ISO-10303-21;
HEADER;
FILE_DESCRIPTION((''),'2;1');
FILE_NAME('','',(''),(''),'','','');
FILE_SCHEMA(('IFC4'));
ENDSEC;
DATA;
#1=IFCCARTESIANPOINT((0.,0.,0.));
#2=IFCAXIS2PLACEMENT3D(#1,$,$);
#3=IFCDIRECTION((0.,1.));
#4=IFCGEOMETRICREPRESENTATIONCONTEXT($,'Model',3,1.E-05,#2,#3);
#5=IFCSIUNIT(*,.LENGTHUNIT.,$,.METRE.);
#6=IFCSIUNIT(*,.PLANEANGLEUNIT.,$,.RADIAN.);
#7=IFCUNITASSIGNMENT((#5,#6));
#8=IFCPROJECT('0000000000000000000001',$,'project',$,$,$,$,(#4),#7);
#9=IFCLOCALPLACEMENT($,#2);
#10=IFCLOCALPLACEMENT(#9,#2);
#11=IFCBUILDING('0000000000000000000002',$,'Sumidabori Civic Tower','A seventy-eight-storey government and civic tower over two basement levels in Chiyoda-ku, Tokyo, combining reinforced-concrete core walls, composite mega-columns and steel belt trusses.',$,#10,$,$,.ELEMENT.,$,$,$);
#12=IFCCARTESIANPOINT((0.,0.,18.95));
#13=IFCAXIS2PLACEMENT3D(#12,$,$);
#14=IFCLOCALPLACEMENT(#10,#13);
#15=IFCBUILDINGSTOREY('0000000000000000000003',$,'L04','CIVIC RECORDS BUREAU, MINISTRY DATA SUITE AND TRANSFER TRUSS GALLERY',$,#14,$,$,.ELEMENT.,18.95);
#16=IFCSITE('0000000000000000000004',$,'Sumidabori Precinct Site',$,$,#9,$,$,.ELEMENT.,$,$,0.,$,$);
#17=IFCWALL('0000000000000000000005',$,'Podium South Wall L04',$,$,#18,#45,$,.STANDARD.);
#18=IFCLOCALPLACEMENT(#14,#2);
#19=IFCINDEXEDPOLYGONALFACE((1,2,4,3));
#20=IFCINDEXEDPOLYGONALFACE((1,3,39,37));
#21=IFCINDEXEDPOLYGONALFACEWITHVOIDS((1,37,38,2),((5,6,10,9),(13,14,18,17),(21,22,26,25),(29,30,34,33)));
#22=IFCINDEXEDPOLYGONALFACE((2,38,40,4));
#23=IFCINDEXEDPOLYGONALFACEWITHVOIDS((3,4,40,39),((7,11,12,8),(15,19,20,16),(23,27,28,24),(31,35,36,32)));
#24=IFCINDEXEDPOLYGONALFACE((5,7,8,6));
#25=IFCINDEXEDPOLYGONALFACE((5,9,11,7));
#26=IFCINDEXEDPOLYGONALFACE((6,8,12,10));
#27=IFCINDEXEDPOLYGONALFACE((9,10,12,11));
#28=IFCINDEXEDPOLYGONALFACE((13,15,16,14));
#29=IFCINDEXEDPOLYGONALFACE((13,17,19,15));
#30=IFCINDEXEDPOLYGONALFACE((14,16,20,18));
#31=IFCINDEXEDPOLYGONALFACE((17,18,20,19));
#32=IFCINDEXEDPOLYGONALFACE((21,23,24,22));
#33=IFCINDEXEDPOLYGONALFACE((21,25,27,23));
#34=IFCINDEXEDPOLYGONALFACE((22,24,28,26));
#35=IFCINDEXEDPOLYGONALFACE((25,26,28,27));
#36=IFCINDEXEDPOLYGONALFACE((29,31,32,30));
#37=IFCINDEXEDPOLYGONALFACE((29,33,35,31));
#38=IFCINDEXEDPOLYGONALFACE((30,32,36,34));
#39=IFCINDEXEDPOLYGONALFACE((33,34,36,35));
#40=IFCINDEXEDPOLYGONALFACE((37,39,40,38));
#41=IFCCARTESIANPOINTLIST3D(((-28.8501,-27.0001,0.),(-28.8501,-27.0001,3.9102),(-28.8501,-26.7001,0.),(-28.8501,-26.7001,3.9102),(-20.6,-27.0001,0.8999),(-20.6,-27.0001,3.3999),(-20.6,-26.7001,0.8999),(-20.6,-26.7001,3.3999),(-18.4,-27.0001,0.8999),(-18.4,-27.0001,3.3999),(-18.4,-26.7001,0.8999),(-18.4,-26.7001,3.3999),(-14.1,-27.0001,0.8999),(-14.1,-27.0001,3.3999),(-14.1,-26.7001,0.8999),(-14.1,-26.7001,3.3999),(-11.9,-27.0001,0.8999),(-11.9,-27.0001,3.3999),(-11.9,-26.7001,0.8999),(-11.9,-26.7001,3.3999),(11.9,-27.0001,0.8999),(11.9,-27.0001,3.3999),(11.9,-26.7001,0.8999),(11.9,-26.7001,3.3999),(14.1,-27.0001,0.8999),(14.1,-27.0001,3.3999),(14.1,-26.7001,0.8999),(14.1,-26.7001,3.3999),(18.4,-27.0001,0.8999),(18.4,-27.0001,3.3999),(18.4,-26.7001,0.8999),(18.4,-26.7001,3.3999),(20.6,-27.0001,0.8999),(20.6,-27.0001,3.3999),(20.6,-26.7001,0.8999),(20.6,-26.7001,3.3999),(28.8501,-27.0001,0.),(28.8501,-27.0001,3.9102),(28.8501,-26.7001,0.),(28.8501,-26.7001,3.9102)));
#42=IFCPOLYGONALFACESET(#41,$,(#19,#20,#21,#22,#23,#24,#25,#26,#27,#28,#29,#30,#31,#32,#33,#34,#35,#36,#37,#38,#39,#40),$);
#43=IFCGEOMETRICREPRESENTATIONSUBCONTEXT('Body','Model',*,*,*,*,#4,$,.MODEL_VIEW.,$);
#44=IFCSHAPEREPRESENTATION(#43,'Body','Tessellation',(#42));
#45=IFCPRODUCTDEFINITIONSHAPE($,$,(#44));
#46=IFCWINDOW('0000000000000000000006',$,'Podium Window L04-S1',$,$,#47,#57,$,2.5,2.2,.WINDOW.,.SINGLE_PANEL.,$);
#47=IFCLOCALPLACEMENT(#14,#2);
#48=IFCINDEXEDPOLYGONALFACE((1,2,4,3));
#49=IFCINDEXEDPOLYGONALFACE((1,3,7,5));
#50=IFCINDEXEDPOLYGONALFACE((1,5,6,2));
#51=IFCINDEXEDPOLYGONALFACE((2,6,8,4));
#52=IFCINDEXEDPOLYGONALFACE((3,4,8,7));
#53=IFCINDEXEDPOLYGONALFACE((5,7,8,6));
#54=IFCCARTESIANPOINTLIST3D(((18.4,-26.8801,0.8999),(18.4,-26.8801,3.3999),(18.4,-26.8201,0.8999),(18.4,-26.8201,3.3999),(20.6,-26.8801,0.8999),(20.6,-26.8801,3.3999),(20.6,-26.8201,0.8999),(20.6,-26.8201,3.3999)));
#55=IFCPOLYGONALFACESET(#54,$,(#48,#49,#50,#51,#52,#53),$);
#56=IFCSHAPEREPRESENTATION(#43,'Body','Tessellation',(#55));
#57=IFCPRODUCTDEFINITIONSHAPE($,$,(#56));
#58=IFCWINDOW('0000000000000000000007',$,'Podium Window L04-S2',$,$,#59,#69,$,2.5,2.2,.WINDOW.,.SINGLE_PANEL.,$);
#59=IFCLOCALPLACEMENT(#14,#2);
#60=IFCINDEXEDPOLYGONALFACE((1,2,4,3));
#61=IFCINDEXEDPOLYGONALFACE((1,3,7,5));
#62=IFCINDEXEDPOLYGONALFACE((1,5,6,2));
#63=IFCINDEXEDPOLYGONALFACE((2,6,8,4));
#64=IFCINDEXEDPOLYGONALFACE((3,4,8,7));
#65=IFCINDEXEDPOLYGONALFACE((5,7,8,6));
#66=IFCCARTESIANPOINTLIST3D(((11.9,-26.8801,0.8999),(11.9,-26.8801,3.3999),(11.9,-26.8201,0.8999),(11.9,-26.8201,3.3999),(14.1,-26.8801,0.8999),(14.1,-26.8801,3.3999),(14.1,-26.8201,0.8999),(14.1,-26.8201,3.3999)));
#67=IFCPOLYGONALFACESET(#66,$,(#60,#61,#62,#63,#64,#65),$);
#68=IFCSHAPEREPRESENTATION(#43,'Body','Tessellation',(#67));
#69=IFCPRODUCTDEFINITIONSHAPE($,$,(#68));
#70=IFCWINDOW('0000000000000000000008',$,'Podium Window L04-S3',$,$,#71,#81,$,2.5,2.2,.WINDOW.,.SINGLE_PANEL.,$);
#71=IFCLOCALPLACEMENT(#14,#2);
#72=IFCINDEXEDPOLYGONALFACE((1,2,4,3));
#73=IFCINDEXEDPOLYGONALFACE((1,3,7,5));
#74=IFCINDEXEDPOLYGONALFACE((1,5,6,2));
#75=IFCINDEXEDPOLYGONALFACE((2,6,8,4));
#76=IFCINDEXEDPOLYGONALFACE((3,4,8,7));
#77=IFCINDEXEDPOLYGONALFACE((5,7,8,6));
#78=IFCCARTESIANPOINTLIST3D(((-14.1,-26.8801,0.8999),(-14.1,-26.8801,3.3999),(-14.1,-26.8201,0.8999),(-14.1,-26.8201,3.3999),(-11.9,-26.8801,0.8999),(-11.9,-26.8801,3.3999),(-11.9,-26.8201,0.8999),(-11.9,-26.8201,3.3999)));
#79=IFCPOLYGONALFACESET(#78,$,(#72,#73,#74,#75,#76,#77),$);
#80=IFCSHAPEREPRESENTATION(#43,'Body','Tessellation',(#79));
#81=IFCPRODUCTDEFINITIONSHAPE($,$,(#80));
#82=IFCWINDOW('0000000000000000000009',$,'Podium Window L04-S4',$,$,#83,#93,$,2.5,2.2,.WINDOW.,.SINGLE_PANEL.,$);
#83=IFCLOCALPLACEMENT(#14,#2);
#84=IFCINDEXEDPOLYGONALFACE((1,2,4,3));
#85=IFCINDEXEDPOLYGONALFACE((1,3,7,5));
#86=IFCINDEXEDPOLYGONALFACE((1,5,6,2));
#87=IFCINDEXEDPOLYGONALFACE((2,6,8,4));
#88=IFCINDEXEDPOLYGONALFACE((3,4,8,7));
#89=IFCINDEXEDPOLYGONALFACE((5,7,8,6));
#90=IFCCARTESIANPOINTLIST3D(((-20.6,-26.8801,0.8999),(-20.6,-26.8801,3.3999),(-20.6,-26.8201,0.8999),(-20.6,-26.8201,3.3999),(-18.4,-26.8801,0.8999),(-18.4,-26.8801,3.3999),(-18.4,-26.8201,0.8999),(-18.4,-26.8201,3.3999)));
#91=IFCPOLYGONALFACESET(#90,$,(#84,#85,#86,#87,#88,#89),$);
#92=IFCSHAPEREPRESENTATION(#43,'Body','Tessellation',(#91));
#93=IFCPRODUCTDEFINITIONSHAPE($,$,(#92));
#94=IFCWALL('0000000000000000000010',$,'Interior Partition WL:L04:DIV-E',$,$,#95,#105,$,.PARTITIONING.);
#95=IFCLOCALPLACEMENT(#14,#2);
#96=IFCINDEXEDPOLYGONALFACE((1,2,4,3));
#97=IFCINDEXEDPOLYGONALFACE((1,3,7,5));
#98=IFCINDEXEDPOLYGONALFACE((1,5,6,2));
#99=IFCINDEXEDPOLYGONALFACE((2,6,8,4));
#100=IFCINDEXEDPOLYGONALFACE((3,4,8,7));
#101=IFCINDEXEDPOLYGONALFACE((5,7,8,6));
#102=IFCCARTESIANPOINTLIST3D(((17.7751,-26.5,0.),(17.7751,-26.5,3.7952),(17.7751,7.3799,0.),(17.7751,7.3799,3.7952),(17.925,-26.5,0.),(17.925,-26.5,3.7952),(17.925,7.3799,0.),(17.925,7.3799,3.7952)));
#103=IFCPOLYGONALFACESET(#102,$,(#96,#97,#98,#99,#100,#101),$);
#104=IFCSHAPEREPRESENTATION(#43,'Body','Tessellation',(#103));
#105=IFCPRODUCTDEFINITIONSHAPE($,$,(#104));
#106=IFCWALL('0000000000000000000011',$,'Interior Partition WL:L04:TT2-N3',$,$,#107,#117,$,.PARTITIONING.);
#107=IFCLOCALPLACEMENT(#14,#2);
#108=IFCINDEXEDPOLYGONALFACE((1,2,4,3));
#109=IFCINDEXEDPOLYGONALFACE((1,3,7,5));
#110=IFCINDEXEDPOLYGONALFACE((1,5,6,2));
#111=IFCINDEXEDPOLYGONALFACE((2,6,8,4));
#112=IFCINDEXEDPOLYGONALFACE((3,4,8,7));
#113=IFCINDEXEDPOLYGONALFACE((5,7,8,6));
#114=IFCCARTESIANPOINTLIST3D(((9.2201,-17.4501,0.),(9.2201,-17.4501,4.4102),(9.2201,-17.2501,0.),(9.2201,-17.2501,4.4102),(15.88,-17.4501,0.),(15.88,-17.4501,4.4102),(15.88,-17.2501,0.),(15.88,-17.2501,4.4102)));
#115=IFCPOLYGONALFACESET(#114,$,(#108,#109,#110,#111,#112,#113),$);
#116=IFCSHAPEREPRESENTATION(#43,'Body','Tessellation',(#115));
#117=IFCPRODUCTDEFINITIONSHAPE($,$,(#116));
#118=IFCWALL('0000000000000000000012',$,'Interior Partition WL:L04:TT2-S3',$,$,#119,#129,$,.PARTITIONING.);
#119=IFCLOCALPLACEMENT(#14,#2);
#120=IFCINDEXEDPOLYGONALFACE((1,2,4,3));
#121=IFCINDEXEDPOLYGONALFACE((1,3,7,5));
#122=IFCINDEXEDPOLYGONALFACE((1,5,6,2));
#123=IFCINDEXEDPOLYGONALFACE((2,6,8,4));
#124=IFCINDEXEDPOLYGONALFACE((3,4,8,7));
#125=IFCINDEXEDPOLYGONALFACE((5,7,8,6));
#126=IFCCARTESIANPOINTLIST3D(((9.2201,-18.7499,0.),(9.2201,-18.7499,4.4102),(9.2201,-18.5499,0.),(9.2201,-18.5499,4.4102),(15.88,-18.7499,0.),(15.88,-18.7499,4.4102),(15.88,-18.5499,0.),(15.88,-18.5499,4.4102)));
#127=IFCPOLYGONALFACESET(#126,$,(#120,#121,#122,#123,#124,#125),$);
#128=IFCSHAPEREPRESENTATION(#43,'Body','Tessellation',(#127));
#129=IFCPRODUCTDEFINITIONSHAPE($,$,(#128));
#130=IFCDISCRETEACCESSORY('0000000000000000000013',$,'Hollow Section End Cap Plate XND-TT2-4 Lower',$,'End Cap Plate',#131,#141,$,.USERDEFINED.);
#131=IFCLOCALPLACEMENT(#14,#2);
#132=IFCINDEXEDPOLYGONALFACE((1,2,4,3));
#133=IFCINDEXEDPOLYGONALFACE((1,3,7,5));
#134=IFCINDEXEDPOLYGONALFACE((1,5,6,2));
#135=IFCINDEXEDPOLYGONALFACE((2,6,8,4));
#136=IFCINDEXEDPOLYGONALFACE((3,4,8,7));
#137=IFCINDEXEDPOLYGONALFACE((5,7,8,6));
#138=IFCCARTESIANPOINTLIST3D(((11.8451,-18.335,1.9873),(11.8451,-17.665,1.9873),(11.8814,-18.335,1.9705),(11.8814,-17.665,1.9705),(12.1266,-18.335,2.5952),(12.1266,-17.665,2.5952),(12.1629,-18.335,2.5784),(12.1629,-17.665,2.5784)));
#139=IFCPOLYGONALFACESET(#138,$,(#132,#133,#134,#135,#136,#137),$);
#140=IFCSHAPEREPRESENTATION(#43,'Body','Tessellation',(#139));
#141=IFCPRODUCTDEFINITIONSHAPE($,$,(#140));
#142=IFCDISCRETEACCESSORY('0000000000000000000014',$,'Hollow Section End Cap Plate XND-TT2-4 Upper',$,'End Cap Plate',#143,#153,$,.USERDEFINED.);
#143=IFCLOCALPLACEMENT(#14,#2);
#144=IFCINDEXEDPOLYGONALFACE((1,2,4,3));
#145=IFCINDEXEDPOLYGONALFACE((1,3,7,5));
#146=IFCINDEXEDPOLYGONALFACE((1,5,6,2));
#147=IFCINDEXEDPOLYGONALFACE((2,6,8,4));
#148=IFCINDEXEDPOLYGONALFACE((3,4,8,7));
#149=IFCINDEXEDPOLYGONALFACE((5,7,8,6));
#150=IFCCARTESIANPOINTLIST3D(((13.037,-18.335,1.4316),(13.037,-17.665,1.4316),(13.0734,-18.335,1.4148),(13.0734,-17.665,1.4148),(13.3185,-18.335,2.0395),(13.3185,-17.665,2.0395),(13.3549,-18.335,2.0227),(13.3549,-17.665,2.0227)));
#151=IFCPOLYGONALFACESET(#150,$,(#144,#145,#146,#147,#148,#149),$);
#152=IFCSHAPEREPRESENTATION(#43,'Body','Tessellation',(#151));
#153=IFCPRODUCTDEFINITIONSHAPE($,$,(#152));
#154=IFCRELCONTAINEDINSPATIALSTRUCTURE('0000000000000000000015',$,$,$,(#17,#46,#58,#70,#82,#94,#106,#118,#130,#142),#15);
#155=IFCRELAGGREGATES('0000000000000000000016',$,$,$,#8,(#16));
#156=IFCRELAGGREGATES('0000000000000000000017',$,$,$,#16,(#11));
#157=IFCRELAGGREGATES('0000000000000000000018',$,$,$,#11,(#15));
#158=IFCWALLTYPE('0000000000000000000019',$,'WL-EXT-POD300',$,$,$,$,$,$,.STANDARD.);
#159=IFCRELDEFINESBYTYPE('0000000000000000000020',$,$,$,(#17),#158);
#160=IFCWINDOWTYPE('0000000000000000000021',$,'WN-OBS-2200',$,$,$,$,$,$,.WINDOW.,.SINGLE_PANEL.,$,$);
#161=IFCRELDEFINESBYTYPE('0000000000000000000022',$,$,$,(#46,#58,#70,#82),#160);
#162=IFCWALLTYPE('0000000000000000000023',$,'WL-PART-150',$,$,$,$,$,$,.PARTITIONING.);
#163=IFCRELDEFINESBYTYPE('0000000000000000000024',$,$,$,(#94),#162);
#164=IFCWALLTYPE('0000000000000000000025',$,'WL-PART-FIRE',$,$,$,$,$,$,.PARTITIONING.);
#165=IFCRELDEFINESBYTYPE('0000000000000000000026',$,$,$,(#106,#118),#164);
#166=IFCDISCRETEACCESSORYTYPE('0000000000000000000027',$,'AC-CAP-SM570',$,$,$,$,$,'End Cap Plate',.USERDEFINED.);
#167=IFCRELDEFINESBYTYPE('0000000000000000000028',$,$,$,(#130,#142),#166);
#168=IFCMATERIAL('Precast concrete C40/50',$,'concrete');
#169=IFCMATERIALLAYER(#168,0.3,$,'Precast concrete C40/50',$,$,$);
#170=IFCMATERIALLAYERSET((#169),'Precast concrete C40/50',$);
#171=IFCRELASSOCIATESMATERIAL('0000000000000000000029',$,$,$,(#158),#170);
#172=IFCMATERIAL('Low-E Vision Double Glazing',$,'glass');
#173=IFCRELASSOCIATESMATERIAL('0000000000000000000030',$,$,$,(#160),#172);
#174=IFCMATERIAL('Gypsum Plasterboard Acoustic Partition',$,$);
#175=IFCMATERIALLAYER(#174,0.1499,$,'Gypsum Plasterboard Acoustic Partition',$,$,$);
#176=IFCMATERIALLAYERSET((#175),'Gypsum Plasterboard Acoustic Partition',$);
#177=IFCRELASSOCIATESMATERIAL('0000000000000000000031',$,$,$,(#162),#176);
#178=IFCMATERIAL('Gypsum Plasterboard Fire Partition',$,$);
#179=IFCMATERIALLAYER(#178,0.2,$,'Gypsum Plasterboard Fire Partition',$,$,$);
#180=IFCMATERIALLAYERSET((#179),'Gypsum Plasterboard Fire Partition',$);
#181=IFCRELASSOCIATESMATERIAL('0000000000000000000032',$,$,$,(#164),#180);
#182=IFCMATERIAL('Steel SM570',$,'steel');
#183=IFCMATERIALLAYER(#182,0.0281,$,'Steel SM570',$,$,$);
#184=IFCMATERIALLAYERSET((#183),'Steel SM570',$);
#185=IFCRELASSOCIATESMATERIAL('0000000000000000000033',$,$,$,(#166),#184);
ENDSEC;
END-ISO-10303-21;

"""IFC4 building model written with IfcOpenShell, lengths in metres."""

from ifc_helpers import new_model, si_unit, direction, frame, frame_2d, origin, origin_2d, place, context, subcontext, project, spatial, rectangle, extrude, source, transform, mapped, material, layer, layer_set, type_object, element, fill, save


model = new_model("IFC4")

# Units and contexts
model_context = context("Model", 3, precision=1e-05, world=origin(), true_north=direction((0.0, 1.0)))
body_context = subcontext(model_context, "Body", "Model", "MODEL_VIEW")
ifc_project = project(units=[si_unit("LENGTHUNIT", "METRE"), si_unit("PLANEANGLEUNIT", "RADIAN")], contexts=[model_context])

# Site, building, storey
site_placement = place(None, origin())
site = spatial("IfcSite", under=ifc_project, at=site_placement, Name="Sumidabori Precinct Site", CompositionType="ELEMENT", RefElevation=0.0)
building_placement = place(site_placement, origin())
building = spatial("IfcBuilding", under=site, at=building_placement, Name="Sumidabori Civic Tower", Description="A seventy-eight-storey government and civic tower over two basement levels in Chiyoda-ku, Tokyo, combining reinforced-concrete core walls, composite mega-columns and steel belt trusses.", CompositionType="ELEMENT")
storey_placement = place(building_placement, frame((0.0, 0.0, 18.95)))
storey = spatial("IfcBuildingStorey", under=building, at=storey_placement, Name="L04", Description="CIVIC RECORDS BUREAU, MINISTRY DATA SUITE AND TRANSFER TRUSS GALLERY", CompositionType="ELEMENT", Elevation=18.95)

# Shared definitions
ifc_material_1 = material(Name="Steel SM570", Category="steel")

# Wall, openings, windows
ifc_material_2 = material(Name="Precast concrete C40/50", Category="concrete")
ifc_layer_1 = layer(ifc_material_2, 0.3, Name="Precast concrete C40/50")
ifc_layer_set_1 = layer_set([ifc_layer_1], Name="Precast concrete C40/50")
wall_type_1 = type_object("IfcWallType", Name="WL-EXT-POD300", PredefinedType="STANDARD", material=ifc_layer_set_1)
shared_shape_1 = source(origin(), body_context, "Body", "SweptSolid", [
    extrude(rectangle(XDim=57.7002, YDim=0.3, at=frame_2d((28.8501, 0.0))), origin(), (0.0, 0.0, 1.0), 3.9102),
])
wall_1_placement = place(storey_placement, frame((28.8501, -26.8501, 0.0), z_axis=(0.0, 0.0, 1.0), x_axis=(-1.0, 0.0, 0.0)))
wall_1 = element("IfcWall", 1, at=wall_1_placement, inside=storey, type_object=wall_type_1, Name="Podium South Wall L04", PredefinedType="STANDARD", context=body_context, shape_type="MappedRepresentation", body=[
    mapped(shared_shape_1, transform((0.0, 0.0, 0.0), x_axis=(1.0, 0.0, 0.0), y_axis=(0.0, 1.0, 0.0), z_axis=(0.0, 0.0, 1.0), scale=1.0)),
])
opening_1_placement = place(wall_1_placement, frame((8.25, 0.0, 0.8999)))
opening_1 = element("IfcOpeningElement", 2, at=opening_1_placement, cuts=wall_1, PredefinedType="OPENING", context=body_context, shape_type="SweptSolid", body=[
    extrude(rectangle(XDim=2.2, YDim=2.5, at=frame_2d((1.1001, 1.25))), frame((0.0, 0.1621, 0.0), z_axis=(0.0, -1.0, 0.0), x_axis=(1.0, 0.0, 0.0)), (0.0, 0.0, 1.0), 0.324),
])
opening_2_placement = place(wall_1_placement, frame((14.75, 0.0, 0.8999)))
opening_2 = element("IfcOpeningElement", 3, at=opening_2_placement, cuts=wall_1, PredefinedType="OPENING", context=body_context, shape_type="SweptSolid", body=[
    extrude(rectangle(XDim=2.2, YDim=2.5, at=frame_2d((1.1001, 1.25))), frame((0.0, 0.1621, 0.0), z_axis=(0.0, -1.0, 0.0), x_axis=(1.0, 0.0, 0.0)), (0.0, 0.0, 1.0), 0.324),
])
opening_3_placement = place(wall_1_placement, frame((40.75, 0.0, 0.8999)))
opening_3 = element("IfcOpeningElement", 4, at=opening_3_placement, cuts=wall_1, PredefinedType="OPENING", context=body_context, shape_type="SweptSolid", body=[
    extrude(rectangle(XDim=2.2, YDim=2.5, at=frame_2d((1.1001, 1.25))), frame((0.0, 0.1621, 0.0), z_axis=(0.0, -1.0, 0.0), x_axis=(1.0, 0.0, 0.0)), (0.0, 0.0, 1.0), 0.324),
])
opening_4_placement = place(wall_1_placement, frame((47.25, 0.0, 0.8999)))
opening_4 = element("IfcOpeningElement", 5, at=opening_4_placement, cuts=wall_1, PredefinedType="OPENING", context=body_context, shape_type="SweptSolid", body=[
    extrude(rectangle(XDim=2.2, YDim=2.5, at=frame_2d((1.1001, 1.25))), frame((0.0, 0.1621, 0.0), z_axis=(0.0, -1.0, 0.0), x_axis=(1.0, 0.0, 0.0)), (0.0, 0.0, 1.0), 0.324),
])
ifc_material_3 = material(Name="Low-E Vision Double Glazing", Category="glass")
window_type = type_object("IfcWindowType", Name="WN-OBS-2200", PartitioningType="SINGLE_PANEL", PredefinedType="WINDOW", material=ifc_material_3)
shared_shape_2 = source(origin(), body_context, "Body", "SweptSolid", [
    extrude(rectangle(XDim=2.2, YDim=2.5, at=frame_2d((1.1001, 1.25))), frame((0.0, 0.03, 0.0), z_axis=(0.0, -1.0, 0.0), x_axis=(1.0, 0.0, 0.0)), (0.0, 0.0, 1.0), 0.0601),
])
window_1_placement = place(opening_1_placement, origin())
window_1 = element("IfcWindow", 6, at=window_1_placement, inside=storey, type_object=window_type, Name="Podium Window L04-S1", OverallHeight=2.5, OverallWidth=2.2, PartitioningType="SINGLE_PANEL", PredefinedType="WINDOW", context=body_context, shape_type="MappedRepresentation", body=[
    mapped(shared_shape_2, transform((0.0, 0.0, 0.0), x_axis=(1.0, 0.0, 0.0), y_axis=(0.0, 1.0, 0.0), z_axis=(0.0, 0.0, 1.0), scale=1.0)),
])
fill(opening_1, window_1)
window_2_placement = place(opening_2_placement, origin())
window_2 = element("IfcWindow", 7, at=window_2_placement, inside=storey, type_object=window_type, Name="Podium Window L04-S2", OverallHeight=2.5, OverallWidth=2.2, PartitioningType="SINGLE_PANEL", PredefinedType="WINDOW", context=body_context, shape_type="MappedRepresentation", body=[
    mapped(shared_shape_2, transform((0.0, 0.0, 0.0), x_axis=(1.0, 0.0, 0.0), y_axis=(0.0, 1.0, 0.0), z_axis=(0.0, 0.0, 1.0), scale=1.0)),
])
fill(opening_2, window_2)
window_3_placement = place(opening_3_placement, origin())
window_3 = element("IfcWindow", 8, at=window_3_placement, inside=storey, type_object=window_type, Name="Podium Window L04-S3", OverallHeight=2.5, OverallWidth=2.2, PartitioningType="SINGLE_PANEL", PredefinedType="WINDOW", context=body_context, shape_type="MappedRepresentation", body=[
    mapped(shared_shape_2, transform((0.0, 0.0, 0.0), x_axis=(1.0, 0.0, 0.0), y_axis=(0.0, 1.0, 0.0), z_axis=(0.0, 0.0, 1.0), scale=1.0)),
])
fill(opening_3, window_3)
window_4_placement = place(opening_4_placement, origin())
window_4 = element("IfcWindow", 9, at=window_4_placement, inside=storey, type_object=window_type, Name="Podium Window L04-S4", OverallHeight=2.5, OverallWidth=2.2, PartitioningType="SINGLE_PANEL", PredefinedType="WINDOW", context=body_context, shape_type="MappedRepresentation", body=[
    mapped(shared_shape_2, transform((0.0, 0.0, 0.0), x_axis=(1.0, 0.0, 0.0), y_axis=(0.0, 1.0, 0.0), z_axis=(0.0, 0.0, 1.0), scale=1.0)),
])
fill(opening_4, window_4)

# Walls
ifc_material_4 = material(Name="Gypsum Plasterboard Acoustic Partition")
ifc_layer_2 = layer(ifc_material_4, 0.1499, Name="Gypsum Plasterboard Acoustic Partition")
ifc_layer_set_2 = layer_set([ifc_layer_2], Name="Gypsum Plasterboard Acoustic Partition")
wall_type_2 = type_object("IfcWallType", Name="WL-PART-150", PredefinedType="PARTITIONING", material=ifc_layer_set_2)
shared_shape_3 = source(origin(), body_context, "Body", "SweptSolid", [
    extrude(rectangle(XDim=33.8799, YDim=0.1499, at=frame_2d((16.9399, 0.0))), origin(), (0.0, 0.0, 1.0), 3.7952),
])
wall_2_placement = place(storey_placement, frame((17.8501, -26.5, 0.0), z_axis=(0.0, 0.0, 1.0), x_axis=(0.0, 1.0, 0.0)))
element("IfcWall", 10, at=wall_2_placement, inside=storey, type_object=wall_type_2, Name="Interior Partition WL:L04:DIV-E", PredefinedType="PARTITIONING", context=body_context, shape_type="MappedRepresentation", body=[
    mapped(shared_shape_3, transform((0.0, 0.0, 0.0), x_axis=(1.0, 0.0, 0.0), y_axis=(0.0, 1.0, 0.0), z_axis=(0.0, 0.0, 1.0), scale=1.0)),
])
ifc_material_5 = material(Name="Gypsum Plasterboard Fire Partition")
ifc_layer_3 = layer(ifc_material_5, 0.2, Name="Gypsum Plasterboard Fire Partition")
ifc_layer_set_3 = layer_set([ifc_layer_3], Name="Gypsum Plasterboard Fire Partition")
wall_type_3 = type_object("IfcWallType", Name="WL-PART-FIRE", PredefinedType="PARTITIONING", material=ifc_layer_set_3)
shared_shape_4 = source(origin(), body_context, "Body", "SweptSolid", [
    extrude(rectangle(XDim=6.6599, YDim=0.2, at=frame_2d((3.3301, 0.0))), origin(), (0.0, 0.0, 1.0), 4.4102),
])
for number, where, z_axis, x_axis, name in (
    (11, (9.22, -17.3501, 0.0), (0.0, 0.0, 1.0), (1.0, 0.0, 0.0), "Interior Partition WL:L04:TT2-N3"),
    (12, (9.22, -18.6499, 0.0), (0.0, 0.0, 1.0), (1.0, 0.0, 0.0), "Interior Partition WL:L04:TT2-S3"),
):
    element("IfcWall", number, at=place(storey_placement, frame(where, z_axis=z_axis, x_axis=x_axis)), inside=storey, type_object=wall_type_3, Name=name, PredefinedType="PARTITIONING", context=body_context, shape_type="MappedRepresentation", body=[
        mapped(shared_shape_4, transform((0.0, 0.0, 0.0), x_axis=(1.0, 0.0, 0.0), y_axis=(0.0, 1.0, 0.0), z_axis=(0.0, 0.0, 1.0), scale=1.0)),
    ])

# Discrete accessories
ifc_layer_4 = layer(ifc_material_1, 0.0281, Name="Steel SM570")
ifc_layer_set_4 = layer_set([ifc_layer_4], Name="Steel SM570")
discrete_accessory_type_1 = type_object("IfcDiscreteAccessoryType", Name="AC-CAP-SM570", ElementType="End Cap Plate", PredefinedType="USERDEFINED", material=ifc_layer_set_4)
shared_shape_5 = source(origin(), body_context, "Body", "SweptSolid", [
    extrude(rectangle(XDim=0.6699, YDim=0.6699, at=origin_2d()), origin(), (0.0, 0.0, 1.0), 0.04),
])
for number, where, z_axis, x_axis, name in (
    (13, (11.9858, -18.0, 2.2913), (0.907424, 0.0, -0.420216), (0.0, 1.0, 0.0), "Hollow Section End Cap Plate XND-TT2-4 Lower"),
    (14, (13.2141, -18.0, 1.7188), (-0.907424, 0.0, 0.420216), (0.0, -1.0, 0.0), "Hollow Section End Cap Plate XND-TT2-4 Upper"),
):
    element("IfcDiscreteAccessory", number, at=place(storey_placement, frame(where, z_axis=z_axis, x_axis=x_axis)), inside=storey, type_object=discrete_accessory_type_1, Name=name, ObjectType="End Cap Plate", PredefinedType="USERDEFINED", context=body_context, shape_type="MappedRepresentation", body=[
        mapped(shared_shape_5, transform((0.0, 0.0, 0.0), x_axis=(1.0, 0.0, 0.0), y_axis=(0.0, 1.0, 0.0), z_axis=(0.0, 0.0, 1.0), scale=1.0)),
    ])

save(model, "model.ifc")
